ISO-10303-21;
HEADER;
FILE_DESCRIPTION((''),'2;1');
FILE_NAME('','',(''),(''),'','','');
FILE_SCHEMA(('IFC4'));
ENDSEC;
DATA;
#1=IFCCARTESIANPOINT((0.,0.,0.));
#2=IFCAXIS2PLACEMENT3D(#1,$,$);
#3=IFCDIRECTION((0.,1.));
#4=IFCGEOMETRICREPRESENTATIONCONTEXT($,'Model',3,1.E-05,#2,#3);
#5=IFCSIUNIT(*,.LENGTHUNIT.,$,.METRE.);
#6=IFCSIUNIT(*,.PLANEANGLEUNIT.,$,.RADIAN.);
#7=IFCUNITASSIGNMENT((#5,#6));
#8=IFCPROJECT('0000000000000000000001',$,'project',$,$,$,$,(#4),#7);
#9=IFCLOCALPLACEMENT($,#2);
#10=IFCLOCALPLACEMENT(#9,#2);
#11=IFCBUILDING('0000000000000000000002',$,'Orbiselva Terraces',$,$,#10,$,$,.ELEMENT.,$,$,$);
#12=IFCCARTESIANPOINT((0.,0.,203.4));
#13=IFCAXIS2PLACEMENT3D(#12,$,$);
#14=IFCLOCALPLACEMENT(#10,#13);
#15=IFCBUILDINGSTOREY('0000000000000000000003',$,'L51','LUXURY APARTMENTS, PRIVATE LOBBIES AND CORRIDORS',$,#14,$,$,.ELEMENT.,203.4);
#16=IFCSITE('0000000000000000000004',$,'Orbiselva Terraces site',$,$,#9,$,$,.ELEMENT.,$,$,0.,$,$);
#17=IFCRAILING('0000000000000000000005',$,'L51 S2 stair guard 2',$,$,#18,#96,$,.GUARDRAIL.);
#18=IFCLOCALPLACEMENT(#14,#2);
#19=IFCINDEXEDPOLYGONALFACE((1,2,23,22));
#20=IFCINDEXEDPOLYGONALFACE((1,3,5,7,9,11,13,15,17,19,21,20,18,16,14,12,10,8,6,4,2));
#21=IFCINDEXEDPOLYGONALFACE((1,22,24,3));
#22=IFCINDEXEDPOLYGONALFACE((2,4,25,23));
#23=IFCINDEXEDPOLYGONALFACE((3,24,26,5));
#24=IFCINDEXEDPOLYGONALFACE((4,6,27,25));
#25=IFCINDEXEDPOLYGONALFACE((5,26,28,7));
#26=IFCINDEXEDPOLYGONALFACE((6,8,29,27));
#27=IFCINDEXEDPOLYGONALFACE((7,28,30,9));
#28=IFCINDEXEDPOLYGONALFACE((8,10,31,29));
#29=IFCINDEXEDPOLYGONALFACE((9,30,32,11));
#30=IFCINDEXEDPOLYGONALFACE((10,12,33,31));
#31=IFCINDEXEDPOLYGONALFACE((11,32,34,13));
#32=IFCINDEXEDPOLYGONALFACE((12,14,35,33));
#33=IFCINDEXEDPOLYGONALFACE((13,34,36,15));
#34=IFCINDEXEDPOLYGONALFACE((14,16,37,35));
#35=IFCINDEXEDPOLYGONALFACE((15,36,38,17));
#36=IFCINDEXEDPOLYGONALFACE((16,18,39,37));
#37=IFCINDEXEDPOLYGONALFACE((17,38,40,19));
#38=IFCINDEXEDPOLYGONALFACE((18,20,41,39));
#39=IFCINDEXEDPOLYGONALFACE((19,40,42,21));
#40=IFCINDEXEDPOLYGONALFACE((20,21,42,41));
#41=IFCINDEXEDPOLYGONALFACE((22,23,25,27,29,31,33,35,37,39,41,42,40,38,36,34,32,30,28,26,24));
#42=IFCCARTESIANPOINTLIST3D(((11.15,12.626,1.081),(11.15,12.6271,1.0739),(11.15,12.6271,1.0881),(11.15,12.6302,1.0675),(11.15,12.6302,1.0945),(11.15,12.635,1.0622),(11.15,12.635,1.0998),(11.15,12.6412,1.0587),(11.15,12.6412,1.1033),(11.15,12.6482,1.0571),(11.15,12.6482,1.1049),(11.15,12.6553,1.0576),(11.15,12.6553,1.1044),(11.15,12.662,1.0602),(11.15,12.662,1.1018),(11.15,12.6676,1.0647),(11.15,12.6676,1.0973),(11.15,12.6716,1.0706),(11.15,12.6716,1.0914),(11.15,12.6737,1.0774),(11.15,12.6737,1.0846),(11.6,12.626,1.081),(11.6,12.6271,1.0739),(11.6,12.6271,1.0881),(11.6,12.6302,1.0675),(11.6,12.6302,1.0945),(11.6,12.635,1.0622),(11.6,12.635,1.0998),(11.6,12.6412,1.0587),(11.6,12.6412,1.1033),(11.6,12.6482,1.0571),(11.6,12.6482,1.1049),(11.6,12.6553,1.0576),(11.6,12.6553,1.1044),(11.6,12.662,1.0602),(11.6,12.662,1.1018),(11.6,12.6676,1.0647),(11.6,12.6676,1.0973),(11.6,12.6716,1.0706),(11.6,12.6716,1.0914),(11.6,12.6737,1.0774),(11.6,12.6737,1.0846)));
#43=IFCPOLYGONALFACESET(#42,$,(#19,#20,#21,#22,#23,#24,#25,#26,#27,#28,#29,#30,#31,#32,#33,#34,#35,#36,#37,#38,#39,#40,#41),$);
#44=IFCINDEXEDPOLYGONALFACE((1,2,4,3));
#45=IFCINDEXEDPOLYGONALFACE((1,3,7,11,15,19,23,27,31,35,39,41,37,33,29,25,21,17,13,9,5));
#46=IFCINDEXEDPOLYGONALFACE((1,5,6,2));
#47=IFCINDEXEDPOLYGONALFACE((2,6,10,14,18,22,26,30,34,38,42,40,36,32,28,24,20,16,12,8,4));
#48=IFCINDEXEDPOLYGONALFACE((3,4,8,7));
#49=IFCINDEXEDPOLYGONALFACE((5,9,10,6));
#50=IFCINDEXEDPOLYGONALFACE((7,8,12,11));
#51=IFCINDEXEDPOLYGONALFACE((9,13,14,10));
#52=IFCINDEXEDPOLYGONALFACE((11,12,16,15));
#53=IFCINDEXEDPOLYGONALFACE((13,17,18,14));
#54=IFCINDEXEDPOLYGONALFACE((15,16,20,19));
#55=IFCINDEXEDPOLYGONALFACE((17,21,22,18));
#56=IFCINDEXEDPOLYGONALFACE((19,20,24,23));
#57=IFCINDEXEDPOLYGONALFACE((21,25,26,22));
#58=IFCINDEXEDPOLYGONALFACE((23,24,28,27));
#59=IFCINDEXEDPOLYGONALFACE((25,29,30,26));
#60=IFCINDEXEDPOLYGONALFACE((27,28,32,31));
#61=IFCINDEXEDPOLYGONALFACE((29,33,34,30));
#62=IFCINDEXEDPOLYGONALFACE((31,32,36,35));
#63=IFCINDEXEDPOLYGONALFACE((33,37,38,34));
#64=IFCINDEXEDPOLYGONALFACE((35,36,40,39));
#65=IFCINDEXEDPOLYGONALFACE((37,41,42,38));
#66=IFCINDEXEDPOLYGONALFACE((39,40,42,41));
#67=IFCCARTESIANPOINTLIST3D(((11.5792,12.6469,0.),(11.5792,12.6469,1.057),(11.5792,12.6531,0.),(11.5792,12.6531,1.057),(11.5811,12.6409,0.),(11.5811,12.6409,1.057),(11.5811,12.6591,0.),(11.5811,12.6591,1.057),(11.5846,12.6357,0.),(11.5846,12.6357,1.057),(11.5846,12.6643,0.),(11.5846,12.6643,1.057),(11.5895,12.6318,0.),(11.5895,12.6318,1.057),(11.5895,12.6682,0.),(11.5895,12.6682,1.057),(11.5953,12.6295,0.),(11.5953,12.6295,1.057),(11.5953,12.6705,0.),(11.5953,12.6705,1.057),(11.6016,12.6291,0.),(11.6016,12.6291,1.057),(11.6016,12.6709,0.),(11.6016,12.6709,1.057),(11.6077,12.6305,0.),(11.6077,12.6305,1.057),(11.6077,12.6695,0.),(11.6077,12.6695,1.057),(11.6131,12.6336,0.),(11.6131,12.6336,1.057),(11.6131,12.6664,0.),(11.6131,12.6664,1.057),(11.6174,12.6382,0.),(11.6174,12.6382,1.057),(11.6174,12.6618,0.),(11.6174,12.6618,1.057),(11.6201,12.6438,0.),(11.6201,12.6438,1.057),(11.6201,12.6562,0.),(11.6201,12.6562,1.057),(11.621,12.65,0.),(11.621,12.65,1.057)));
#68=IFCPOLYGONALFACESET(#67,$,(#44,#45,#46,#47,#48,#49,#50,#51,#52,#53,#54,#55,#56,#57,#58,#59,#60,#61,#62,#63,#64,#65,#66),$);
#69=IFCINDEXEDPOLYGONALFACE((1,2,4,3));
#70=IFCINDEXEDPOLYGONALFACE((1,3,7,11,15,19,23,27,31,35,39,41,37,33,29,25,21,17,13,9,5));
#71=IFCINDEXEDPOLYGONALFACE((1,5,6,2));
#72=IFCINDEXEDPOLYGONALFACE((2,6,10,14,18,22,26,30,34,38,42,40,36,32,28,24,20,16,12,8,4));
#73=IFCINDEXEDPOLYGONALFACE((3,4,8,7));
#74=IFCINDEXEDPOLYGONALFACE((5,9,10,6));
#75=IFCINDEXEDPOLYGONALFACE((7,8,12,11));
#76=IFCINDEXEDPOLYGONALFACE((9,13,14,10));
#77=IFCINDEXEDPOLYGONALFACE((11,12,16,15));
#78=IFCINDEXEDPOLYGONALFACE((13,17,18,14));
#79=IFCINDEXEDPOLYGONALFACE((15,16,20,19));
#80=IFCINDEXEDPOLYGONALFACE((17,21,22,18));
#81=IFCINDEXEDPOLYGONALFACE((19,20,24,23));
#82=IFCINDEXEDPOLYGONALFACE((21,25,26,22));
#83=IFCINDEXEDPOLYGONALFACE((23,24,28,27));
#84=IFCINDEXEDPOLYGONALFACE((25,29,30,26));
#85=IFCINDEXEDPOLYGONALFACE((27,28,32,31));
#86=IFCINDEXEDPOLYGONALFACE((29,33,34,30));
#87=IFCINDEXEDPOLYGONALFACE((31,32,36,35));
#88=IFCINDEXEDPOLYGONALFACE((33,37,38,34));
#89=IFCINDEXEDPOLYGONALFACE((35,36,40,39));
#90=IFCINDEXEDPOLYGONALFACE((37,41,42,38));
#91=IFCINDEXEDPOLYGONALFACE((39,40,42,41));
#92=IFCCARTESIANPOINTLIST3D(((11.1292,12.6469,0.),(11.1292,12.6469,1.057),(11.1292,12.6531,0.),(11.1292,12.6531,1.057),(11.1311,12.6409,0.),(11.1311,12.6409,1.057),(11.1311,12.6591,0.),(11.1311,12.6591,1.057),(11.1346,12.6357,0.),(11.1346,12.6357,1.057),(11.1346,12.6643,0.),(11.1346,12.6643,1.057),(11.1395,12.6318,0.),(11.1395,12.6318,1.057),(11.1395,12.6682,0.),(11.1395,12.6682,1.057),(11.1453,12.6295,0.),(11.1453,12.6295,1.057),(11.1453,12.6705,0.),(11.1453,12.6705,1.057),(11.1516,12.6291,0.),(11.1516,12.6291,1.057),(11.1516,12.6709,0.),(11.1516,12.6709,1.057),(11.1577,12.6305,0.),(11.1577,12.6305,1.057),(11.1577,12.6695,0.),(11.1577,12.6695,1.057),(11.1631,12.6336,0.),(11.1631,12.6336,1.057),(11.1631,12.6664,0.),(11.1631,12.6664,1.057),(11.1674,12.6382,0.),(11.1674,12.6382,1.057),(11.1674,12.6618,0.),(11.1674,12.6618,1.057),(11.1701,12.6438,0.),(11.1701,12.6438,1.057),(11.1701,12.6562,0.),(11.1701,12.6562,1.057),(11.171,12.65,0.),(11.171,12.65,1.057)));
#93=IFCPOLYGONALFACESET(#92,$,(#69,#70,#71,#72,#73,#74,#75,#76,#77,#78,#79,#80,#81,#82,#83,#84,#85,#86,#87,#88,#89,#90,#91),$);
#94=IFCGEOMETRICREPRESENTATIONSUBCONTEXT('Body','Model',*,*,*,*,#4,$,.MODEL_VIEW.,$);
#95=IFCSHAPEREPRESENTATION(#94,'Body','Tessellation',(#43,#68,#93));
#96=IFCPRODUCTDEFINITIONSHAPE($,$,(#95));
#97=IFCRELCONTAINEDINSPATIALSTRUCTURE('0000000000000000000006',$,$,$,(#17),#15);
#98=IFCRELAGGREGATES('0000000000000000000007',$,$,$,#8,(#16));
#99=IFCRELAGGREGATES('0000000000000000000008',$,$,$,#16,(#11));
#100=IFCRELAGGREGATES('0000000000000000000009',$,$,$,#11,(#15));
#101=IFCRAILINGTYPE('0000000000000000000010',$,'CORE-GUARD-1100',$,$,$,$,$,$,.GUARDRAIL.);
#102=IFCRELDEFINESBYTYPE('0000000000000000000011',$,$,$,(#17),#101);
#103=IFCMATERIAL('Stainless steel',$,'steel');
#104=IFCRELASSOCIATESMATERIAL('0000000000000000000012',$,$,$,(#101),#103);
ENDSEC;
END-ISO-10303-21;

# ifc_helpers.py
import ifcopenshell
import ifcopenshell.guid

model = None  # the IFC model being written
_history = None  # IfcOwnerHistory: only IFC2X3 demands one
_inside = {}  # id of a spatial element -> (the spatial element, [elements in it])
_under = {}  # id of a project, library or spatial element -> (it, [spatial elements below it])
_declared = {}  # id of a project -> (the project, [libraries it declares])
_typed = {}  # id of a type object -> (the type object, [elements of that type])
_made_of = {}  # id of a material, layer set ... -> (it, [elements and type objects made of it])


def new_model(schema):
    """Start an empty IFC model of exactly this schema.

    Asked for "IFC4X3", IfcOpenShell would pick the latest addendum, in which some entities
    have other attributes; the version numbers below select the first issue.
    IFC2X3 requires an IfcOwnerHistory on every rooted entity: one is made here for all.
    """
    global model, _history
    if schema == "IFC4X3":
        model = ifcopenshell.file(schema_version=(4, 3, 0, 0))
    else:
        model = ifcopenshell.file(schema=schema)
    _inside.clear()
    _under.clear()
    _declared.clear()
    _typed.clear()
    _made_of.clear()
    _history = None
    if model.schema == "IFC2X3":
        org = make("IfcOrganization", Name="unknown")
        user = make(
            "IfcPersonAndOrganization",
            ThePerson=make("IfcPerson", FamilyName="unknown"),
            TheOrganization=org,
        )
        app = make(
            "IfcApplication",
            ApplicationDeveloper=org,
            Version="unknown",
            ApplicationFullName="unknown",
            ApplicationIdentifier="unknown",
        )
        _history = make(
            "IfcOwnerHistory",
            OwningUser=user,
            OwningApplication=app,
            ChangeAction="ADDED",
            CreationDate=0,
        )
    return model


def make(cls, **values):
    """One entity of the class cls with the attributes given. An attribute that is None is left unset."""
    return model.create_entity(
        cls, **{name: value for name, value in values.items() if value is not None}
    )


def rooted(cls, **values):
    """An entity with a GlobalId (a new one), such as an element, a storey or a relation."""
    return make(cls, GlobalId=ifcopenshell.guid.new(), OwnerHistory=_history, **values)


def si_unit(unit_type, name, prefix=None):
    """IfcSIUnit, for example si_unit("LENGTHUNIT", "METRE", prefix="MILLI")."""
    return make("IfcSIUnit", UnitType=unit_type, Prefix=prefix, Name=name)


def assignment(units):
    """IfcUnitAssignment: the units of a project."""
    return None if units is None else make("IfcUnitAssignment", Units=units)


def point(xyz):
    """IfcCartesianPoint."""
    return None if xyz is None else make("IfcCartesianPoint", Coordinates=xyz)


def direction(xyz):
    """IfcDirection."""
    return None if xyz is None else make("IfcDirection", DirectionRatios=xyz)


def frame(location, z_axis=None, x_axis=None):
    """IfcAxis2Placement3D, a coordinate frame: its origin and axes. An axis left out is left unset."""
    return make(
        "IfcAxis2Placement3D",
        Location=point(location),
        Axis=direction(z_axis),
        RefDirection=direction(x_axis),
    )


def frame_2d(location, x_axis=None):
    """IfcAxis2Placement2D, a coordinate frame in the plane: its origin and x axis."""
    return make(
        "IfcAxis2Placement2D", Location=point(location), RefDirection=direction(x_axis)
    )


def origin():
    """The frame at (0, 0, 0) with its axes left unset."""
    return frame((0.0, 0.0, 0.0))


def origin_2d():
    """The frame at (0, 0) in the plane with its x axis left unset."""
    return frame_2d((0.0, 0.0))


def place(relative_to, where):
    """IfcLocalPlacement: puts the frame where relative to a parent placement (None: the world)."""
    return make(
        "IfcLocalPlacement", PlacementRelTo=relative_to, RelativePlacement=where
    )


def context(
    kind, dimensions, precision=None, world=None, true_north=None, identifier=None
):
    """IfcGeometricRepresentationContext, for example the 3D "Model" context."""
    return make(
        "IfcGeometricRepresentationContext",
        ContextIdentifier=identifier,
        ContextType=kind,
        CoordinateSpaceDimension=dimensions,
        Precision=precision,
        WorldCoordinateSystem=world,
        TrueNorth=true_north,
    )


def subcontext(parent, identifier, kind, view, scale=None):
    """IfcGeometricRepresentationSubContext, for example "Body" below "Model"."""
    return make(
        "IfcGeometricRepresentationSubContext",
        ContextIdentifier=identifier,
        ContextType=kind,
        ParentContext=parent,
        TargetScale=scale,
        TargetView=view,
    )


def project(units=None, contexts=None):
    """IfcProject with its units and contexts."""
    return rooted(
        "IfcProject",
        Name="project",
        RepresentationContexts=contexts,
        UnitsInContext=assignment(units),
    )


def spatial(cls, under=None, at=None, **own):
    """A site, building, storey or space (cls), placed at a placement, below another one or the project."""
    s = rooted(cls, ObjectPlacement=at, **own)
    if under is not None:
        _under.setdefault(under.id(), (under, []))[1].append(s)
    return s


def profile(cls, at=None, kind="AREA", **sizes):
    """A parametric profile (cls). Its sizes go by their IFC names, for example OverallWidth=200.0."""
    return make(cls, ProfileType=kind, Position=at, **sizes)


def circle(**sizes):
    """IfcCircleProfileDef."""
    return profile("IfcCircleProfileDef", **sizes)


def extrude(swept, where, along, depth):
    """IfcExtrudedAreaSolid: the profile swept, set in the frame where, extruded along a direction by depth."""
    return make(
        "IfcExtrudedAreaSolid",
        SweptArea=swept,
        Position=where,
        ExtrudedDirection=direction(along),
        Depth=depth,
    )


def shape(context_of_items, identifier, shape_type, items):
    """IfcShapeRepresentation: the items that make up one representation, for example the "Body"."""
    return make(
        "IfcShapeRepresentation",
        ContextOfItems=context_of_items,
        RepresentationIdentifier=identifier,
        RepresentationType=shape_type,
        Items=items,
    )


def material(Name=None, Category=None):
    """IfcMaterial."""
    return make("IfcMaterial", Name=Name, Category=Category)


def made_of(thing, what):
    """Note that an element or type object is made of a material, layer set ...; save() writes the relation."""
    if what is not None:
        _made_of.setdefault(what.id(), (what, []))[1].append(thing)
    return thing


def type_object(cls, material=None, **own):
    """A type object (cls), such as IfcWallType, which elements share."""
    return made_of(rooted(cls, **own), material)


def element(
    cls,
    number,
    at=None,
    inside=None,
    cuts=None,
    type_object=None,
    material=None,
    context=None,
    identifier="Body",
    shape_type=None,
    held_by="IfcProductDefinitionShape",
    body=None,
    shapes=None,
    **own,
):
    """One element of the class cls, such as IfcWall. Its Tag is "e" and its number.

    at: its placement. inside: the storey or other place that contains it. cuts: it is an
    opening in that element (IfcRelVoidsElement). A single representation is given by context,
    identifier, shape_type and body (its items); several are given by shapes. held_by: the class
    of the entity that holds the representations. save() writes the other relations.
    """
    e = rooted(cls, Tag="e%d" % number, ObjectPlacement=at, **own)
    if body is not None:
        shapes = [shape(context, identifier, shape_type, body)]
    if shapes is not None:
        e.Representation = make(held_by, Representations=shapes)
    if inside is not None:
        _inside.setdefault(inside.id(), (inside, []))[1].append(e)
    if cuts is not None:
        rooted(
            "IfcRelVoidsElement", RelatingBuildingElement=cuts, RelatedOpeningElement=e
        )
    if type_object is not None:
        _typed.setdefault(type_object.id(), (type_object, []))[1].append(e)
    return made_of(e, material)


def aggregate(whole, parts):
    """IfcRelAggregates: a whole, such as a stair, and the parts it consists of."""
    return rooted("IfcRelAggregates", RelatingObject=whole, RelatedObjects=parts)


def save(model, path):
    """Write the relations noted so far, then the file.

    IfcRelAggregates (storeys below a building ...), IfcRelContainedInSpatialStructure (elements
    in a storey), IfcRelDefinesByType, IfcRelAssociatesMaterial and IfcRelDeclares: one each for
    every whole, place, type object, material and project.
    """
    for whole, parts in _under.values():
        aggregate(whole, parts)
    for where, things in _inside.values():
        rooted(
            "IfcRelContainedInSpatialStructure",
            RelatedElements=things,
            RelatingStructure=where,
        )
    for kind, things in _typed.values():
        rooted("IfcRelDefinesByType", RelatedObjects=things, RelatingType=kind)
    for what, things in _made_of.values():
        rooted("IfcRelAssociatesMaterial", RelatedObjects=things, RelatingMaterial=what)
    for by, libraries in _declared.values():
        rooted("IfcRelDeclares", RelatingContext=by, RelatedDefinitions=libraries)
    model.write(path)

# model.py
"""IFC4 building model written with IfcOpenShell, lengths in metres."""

from ifc_helpers import new_model, si_unit, direction, frame, origin, origin_2d, place, context, subcontext, project, spatial, circle, extrude, material, type_object, element, save


model = new_model("IFC4")

# Units and contexts
model_context = context("Model", 3, precision=1e-05, world=origin(), true_north=direction((0.0, 1.0)))
body_context = subcontext(model_context, "Body", "Model", "MODEL_VIEW")
ifc_project = project(units=[si_unit("LENGTHUNIT", "METRE"), si_unit("PLANEANGLEUNIT", "RADIAN")], contexts=[model_context])

# Site, building, storey
site_placement = place(None, origin())
site = spatial("IfcSite", under=ifc_project, at=site_placement, Name="Orbiselva Terraces site", CompositionType="ELEMENT", RefElevation=0.0)
building_placement = place(site_placement, origin())
building = spatial("IfcBuilding", under=site, at=building_placement, Name="Orbiselva Terraces", CompositionType="ELEMENT")
storey_placement = place(building_placement, frame((0.0, 0.0, 203.4)))
storey = spatial("IfcBuildingStorey", under=building, at=storey_placement, Name="L51", Description="LUXURY APARTMENTS, PRIVATE LOBBIES AND CORRIDORS", CompositionType="ELEMENT", Elevation=203.4)

# Railing
ifc_material_1 = material(Name="Stainless steel", Category="steel")
railing_type_1 = type_object("IfcRailingType", Name="CORE-GUARD-1100", PredefinedType="GUARDRAIL", material=ifc_material_1)
railing_1_placement = place(storey_placement, frame((11.6, 12.65, 0.0)))
element("IfcRailing", 1, at=railing_1_placement, inside=storey, type_object=railing_type_1, Name="L51 S2 stair guard 2", PredefinedType="GUARDRAIL", context=body_context, shape_type="SweptSolid", body=[
    extrude(circle(Radius=0.024, at=origin_2d()), frame((0.0, 0.0, 1.081), z_axis=(-1.0, 0.0, 0.0), x_axis=(0.0, -1.0, 0.0)), (0.0, 0.0, 1.0), 0.45),
    extrude(circle(Radius=0.021, at=origin_2d()), origin(), (0.0, 0.0, 1.0), 1.057),
    extrude(circle(Radius=0.021, at=origin_2d()), frame((-0.45, 0.0, 0.0)), (0.0, 0.0, 1.0), 1.057),
])

save(model, "model.ifc")
